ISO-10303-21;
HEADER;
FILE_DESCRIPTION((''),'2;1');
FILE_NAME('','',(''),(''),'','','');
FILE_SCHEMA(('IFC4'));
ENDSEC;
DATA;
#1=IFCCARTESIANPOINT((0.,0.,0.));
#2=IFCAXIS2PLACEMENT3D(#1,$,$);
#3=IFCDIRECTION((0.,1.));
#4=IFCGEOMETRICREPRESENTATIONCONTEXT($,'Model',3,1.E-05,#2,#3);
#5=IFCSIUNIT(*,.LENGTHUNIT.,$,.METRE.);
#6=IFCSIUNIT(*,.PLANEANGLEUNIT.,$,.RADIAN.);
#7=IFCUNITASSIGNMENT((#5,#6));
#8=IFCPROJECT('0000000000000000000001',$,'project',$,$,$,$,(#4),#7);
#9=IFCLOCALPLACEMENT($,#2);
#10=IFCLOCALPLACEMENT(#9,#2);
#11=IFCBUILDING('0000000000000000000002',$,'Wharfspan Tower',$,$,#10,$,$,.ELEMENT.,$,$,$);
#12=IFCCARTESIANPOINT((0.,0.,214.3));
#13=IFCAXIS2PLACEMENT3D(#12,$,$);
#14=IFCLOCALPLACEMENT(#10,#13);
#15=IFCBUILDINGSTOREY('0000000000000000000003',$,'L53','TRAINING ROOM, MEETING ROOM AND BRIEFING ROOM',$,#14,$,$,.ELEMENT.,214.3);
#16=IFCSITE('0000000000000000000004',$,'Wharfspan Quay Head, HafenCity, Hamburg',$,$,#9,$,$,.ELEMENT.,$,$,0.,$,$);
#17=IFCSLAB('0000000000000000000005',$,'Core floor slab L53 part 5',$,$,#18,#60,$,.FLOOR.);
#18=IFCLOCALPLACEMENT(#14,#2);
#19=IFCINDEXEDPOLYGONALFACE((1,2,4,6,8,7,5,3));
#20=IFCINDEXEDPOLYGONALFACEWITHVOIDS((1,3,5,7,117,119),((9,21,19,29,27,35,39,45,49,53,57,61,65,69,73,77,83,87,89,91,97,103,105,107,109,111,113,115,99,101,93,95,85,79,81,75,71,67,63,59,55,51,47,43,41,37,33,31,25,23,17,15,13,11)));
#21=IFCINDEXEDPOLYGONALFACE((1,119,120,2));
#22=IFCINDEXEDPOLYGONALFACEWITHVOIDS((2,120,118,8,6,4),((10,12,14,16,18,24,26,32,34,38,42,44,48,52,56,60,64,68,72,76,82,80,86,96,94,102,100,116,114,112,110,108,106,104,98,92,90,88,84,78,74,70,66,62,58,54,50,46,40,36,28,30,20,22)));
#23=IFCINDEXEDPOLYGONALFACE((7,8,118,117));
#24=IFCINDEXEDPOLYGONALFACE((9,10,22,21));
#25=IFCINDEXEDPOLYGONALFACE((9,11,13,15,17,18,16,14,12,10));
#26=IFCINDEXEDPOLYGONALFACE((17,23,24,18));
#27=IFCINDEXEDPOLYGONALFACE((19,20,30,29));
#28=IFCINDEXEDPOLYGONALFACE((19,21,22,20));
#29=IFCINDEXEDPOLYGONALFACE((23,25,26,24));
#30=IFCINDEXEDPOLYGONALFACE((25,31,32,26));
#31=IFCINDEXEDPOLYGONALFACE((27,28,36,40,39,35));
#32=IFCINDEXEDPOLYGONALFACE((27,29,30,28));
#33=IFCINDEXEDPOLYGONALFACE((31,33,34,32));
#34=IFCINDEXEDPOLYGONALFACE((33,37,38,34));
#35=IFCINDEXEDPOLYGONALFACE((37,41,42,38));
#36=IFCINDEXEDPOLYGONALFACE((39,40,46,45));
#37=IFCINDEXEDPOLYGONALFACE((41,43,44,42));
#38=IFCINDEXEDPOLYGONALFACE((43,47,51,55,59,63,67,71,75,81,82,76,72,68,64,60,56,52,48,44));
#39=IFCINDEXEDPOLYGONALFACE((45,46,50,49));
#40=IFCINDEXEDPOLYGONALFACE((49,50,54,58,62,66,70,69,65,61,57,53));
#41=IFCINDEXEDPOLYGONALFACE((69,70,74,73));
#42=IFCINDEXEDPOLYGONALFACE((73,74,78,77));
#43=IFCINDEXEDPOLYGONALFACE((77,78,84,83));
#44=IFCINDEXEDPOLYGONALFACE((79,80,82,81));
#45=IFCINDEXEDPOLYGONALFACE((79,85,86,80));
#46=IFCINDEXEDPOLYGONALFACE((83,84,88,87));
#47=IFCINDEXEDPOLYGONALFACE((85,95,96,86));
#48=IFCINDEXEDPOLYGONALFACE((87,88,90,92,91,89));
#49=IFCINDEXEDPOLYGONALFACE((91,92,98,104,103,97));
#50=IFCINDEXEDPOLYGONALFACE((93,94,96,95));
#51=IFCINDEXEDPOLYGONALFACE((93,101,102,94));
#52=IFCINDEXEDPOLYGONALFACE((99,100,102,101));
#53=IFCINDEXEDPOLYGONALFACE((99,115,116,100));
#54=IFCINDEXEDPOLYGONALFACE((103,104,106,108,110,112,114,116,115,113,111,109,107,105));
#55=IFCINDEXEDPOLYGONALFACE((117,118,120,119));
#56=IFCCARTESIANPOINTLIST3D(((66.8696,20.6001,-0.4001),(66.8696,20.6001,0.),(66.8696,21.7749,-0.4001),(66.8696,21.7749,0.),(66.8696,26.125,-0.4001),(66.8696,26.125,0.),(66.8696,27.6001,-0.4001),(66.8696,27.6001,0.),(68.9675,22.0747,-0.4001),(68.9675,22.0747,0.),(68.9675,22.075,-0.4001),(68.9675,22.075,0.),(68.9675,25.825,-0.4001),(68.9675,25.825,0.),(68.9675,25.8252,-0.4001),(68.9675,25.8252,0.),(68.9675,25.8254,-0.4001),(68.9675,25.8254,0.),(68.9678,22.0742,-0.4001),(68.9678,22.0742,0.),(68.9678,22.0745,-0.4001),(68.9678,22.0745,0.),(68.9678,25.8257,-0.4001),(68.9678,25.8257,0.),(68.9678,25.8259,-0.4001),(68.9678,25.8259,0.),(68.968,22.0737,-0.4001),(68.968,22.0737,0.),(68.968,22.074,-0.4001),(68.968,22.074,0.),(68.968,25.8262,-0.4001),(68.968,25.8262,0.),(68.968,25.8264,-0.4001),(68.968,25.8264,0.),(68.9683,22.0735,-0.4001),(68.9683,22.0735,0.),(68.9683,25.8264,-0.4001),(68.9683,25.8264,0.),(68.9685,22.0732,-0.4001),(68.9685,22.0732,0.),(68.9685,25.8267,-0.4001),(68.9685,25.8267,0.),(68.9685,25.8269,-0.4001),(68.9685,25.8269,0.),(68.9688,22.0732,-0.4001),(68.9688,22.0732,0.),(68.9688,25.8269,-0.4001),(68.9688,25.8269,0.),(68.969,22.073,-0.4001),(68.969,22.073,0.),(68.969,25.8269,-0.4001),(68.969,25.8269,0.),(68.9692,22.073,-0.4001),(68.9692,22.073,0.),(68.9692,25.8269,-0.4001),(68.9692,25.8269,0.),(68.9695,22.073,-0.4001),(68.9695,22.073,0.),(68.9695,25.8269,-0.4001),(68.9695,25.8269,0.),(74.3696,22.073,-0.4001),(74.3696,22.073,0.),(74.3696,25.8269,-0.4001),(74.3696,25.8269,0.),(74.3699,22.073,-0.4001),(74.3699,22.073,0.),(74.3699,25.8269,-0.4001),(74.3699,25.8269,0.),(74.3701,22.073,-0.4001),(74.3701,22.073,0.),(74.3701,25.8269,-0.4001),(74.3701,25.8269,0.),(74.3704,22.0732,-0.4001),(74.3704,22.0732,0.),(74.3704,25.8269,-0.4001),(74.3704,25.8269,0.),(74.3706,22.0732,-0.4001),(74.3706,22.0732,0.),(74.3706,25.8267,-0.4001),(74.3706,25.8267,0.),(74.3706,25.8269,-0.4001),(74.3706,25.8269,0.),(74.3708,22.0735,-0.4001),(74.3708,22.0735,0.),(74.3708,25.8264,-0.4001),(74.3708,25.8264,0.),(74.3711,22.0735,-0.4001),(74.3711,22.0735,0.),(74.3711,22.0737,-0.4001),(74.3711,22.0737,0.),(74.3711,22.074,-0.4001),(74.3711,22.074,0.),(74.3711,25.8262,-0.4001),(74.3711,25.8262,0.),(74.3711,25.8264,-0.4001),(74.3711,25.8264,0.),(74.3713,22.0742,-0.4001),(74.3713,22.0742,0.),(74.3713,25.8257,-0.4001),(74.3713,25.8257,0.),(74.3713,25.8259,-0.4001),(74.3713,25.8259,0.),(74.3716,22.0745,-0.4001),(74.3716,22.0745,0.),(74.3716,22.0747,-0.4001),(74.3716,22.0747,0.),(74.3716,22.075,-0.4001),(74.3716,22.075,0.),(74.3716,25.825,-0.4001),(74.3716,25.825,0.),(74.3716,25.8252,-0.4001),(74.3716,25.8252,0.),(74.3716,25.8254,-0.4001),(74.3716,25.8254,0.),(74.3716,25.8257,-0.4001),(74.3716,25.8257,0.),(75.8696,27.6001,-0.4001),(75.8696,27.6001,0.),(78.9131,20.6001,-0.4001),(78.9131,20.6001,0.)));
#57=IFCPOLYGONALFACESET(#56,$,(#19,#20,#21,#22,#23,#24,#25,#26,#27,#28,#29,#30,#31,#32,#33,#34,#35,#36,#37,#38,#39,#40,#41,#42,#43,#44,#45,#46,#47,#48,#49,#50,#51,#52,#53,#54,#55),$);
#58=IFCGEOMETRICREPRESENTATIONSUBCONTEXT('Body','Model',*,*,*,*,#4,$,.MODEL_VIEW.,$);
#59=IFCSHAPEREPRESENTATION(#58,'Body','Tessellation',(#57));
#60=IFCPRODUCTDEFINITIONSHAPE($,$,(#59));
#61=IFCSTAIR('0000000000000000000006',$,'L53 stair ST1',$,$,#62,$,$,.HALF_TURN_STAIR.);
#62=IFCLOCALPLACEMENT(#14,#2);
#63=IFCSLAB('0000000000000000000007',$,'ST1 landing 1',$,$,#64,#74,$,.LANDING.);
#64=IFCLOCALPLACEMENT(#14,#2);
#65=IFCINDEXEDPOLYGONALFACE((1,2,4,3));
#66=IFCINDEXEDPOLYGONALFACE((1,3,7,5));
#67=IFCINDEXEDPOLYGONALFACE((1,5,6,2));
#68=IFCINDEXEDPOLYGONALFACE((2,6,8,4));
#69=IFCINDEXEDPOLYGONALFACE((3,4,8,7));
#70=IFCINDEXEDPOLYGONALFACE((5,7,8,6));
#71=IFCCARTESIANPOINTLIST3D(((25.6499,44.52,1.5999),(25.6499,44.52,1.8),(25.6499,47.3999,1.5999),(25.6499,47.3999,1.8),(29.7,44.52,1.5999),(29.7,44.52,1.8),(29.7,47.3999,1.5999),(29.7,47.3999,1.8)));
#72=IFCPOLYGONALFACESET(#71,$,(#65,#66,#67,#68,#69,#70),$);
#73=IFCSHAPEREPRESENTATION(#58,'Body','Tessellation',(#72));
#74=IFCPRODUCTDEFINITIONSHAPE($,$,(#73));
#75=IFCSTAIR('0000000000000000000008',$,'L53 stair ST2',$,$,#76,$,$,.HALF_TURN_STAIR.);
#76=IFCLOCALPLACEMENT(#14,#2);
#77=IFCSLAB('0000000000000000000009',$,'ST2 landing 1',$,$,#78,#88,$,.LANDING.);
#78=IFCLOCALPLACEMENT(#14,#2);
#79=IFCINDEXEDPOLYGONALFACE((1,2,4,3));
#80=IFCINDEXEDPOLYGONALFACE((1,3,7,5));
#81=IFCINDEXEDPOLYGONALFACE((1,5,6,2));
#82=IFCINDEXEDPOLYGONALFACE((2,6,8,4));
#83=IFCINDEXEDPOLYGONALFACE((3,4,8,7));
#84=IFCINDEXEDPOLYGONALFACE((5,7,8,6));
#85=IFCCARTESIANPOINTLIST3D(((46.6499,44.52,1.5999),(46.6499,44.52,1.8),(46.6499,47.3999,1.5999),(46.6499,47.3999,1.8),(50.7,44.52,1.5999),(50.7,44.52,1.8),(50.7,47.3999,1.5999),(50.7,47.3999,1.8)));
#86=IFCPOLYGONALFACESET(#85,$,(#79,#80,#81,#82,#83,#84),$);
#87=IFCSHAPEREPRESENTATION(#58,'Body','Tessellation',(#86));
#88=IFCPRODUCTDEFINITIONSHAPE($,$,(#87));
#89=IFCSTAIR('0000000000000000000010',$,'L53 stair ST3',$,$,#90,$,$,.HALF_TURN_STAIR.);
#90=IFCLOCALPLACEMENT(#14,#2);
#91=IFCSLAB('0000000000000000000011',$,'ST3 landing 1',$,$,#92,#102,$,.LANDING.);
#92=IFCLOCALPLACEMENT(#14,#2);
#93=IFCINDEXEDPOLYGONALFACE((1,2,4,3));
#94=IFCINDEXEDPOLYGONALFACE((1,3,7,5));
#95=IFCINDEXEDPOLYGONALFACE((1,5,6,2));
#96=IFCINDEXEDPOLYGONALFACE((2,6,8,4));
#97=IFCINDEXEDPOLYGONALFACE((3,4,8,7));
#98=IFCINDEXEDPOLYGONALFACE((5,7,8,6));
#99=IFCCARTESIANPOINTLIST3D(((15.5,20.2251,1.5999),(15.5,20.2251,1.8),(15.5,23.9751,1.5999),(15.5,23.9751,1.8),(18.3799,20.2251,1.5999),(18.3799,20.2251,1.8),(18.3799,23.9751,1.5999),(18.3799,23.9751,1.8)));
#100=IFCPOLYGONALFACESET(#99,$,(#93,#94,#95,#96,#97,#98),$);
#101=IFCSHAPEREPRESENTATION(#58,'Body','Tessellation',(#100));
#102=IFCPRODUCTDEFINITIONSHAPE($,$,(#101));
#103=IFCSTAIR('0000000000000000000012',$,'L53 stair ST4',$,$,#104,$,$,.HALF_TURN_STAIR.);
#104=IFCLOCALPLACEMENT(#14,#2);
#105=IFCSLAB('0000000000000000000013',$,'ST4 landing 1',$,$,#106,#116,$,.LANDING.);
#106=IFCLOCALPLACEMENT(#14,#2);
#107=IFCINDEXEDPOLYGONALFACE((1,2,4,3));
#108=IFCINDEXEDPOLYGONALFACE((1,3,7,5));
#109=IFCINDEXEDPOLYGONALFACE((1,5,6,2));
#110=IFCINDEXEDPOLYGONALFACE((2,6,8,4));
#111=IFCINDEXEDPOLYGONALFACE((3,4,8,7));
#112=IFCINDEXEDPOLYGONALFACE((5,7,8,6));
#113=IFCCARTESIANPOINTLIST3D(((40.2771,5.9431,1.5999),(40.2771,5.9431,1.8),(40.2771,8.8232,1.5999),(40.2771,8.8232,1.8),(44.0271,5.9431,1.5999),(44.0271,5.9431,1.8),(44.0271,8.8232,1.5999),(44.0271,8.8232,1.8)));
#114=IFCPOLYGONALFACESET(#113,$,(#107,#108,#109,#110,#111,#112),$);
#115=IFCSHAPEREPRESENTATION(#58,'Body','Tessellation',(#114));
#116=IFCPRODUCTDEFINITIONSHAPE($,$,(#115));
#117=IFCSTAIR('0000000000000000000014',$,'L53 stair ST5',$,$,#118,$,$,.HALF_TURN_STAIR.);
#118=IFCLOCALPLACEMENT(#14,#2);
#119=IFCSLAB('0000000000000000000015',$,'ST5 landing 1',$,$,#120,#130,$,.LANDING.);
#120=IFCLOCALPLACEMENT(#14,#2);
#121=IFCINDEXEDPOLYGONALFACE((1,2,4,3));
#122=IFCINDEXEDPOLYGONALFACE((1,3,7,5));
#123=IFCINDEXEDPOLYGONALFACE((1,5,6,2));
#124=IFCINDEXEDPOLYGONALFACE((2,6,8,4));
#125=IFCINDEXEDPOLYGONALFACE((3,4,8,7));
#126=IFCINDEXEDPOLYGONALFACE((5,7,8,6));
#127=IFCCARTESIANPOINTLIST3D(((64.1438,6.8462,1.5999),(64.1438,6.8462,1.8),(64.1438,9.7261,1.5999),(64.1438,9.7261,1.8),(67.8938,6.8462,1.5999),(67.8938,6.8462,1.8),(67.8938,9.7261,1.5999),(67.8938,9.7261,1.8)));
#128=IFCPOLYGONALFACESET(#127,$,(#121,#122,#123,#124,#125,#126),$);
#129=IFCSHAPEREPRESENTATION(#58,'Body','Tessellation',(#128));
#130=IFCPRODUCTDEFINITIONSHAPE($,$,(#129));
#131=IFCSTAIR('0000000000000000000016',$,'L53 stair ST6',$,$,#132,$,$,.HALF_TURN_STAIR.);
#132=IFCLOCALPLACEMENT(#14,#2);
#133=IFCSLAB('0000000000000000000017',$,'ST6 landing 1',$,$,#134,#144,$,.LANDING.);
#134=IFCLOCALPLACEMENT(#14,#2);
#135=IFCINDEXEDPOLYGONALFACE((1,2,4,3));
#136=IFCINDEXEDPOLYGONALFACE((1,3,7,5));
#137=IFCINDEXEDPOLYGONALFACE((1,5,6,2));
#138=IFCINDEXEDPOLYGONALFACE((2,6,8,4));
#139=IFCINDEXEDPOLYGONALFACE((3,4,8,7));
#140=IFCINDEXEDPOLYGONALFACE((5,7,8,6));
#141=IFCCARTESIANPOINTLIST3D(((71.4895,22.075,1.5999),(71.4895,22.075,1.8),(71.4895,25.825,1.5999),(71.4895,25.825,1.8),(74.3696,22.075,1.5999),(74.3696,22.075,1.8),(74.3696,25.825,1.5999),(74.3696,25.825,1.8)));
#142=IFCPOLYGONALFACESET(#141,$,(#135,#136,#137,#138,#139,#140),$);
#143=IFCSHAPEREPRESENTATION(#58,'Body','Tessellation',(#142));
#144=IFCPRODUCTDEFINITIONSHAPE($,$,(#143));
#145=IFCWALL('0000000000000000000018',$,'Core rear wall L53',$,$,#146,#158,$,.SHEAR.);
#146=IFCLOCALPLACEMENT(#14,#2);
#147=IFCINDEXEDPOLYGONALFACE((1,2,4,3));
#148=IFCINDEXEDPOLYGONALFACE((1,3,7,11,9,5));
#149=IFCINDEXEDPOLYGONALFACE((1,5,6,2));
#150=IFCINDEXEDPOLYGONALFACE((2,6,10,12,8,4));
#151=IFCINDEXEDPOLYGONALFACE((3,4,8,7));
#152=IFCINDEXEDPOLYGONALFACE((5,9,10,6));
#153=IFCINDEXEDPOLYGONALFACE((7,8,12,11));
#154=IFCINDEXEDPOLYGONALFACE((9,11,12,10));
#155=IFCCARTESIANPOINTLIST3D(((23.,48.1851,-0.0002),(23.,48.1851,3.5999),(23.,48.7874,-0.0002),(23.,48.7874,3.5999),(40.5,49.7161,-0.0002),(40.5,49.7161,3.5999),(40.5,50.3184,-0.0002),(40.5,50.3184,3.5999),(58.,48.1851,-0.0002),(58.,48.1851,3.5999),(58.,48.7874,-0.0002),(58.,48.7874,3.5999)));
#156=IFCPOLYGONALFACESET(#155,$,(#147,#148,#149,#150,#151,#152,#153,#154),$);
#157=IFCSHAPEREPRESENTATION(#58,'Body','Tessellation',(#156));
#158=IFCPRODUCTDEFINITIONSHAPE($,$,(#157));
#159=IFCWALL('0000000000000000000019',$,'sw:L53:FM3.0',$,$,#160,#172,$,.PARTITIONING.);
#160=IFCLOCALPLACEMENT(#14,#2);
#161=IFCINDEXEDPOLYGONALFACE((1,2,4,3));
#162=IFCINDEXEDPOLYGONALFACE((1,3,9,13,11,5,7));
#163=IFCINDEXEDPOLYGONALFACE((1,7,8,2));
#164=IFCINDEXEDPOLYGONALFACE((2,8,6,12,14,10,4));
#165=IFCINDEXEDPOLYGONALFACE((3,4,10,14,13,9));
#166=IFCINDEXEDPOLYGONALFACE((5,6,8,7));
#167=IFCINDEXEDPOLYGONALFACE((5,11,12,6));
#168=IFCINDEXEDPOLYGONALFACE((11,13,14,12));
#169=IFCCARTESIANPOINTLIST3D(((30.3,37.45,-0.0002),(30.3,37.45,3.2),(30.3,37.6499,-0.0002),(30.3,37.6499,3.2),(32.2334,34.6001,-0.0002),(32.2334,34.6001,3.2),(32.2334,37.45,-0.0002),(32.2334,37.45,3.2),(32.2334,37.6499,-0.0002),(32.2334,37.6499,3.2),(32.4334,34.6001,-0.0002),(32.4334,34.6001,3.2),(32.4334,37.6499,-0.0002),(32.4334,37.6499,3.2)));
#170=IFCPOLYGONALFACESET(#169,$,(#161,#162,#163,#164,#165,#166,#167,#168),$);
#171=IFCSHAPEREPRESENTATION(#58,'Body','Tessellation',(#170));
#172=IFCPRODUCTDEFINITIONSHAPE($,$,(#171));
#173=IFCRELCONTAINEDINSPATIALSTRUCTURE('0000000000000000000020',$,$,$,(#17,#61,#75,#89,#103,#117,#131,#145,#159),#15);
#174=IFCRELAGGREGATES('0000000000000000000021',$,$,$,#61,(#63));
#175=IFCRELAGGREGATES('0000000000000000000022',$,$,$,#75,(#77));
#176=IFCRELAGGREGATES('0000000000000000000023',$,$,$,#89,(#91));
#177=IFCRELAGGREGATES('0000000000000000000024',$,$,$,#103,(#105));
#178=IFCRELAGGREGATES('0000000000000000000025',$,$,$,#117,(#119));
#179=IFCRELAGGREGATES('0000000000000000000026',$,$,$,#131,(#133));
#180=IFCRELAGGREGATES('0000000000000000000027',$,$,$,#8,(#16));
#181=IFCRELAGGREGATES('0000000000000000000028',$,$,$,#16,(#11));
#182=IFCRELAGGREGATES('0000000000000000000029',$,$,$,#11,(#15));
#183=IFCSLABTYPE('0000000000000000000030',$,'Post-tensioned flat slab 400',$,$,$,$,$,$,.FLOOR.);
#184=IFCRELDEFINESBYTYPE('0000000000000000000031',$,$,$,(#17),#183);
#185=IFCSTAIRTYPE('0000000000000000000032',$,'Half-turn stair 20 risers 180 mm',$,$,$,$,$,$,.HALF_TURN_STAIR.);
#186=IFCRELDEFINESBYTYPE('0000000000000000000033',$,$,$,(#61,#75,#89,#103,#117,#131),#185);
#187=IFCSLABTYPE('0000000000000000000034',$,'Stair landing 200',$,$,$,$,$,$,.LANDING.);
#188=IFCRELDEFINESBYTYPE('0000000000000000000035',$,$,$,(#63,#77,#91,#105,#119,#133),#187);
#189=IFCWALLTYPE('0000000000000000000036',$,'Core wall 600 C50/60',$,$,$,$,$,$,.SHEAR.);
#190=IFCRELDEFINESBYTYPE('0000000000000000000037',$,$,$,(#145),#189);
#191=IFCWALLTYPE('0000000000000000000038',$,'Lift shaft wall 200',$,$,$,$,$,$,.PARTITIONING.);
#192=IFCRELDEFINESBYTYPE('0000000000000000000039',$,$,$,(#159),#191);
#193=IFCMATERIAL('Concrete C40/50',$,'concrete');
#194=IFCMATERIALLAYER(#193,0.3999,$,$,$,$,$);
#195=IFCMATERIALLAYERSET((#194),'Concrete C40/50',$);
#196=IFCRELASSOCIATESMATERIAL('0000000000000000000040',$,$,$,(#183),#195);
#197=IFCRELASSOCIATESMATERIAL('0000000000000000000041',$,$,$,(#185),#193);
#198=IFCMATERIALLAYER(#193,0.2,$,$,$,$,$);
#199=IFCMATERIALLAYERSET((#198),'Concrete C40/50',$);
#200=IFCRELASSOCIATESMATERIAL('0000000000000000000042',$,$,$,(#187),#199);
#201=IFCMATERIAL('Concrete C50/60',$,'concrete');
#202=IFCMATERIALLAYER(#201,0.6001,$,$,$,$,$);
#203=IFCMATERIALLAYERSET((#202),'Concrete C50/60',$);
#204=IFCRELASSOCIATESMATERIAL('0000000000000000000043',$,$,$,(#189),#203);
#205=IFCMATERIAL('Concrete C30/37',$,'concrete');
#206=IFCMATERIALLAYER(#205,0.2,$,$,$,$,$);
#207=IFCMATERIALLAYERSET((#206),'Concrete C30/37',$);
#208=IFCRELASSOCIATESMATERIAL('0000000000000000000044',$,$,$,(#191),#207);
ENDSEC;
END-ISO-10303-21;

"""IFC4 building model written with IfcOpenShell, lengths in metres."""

from ifc_helpers import new_model, si_unit, direction, frame, origin, place, context, subcontext, project, spatial, polyline, outline, extrude, material, layer, layer_set, type_object, element, aggregate, save


model = new_model("IFC4")

# Units and contexts
model_context = context("Model", 3, precision=1e-05, world=origin(), true_north=direction((0.0, 1.0)))
body_context = subcontext(model_context, "Body", "Model", "MODEL_VIEW")
ifc_project = project(units=[si_unit("LENGTHUNIT", "METRE"), si_unit("PLANEANGLEUNIT", "RADIAN")], contexts=[model_context])

# Site, building, storey
site_placement = place(None, origin())
site = spatial("IfcSite", under=ifc_project, at=site_placement, Name="Wharfspan Quay Head, HafenCity, Hamburg", CompositionType="ELEMENT", RefElevation=0.0)
building_placement = place(site_placement, origin())
building = spatial("IfcBuilding", under=site, at=building_placement, Name="Wharfspan Tower", CompositionType="ELEMENT")
storey_placement = place(building_placement, frame((0.0, 0.0, 214.3)))
storey = spatial("IfcBuildingStorey", under=building, at=storey_placement, Name="L53", Description="TRAINING ROOM, MEETING ROOM AND BRIEFING ROOM", CompositionType="ELEMENT", Elevation=214.3)

# Slab
ifc_material_1 = material(Name="Concrete C40/50", Category="concrete")
ifc_layer_1 = layer(ifc_material_1, 0.3999)
ifc_layer_set_1 = layer_set([ifc_layer_1], Name="Concrete C40/50")
slab_type_1 = type_object("IfcSlabType", Name="Post-tensioned flat slab 400", PredefinedType="FLOOR", material=ifc_layer_set_1)
slab_1_placement = place(storey_placement, frame((0.0, 0.0, -0.4001)))
element("IfcSlab", 1, at=slab_1_placement, inside=storey, type_object=slab_type_1, Name="Core floor slab L53 part 5", PredefinedType="FLOOR", context=body_context, shape_type="SweptSolid", body=[
    extrude(outline(polyline([(75.8696, 27.6001), (66.8696, 27.6001), (66.8696, 26.125), (66.8696, 21.7749), (66.8696, 20.6001), (78.9131, 20.6001), (75.8696, 27.6001)]), holes=[polyline([(68.9675, 25.825), (68.9675, 25.8252), (68.9675, 25.8254), (68.9678, 25.8257), (68.9678, 25.8257), (68.9678, 25.8259), (68.968, 25.8262), (68.968, 25.8264), (68.9683, 25.8264), (68.9683, 25.8264), (68.9685, 25.8267), (68.9685, 25.8269), (68.9688, 25.8269), (68.969, 25.8269), (68.9692, 25.8269), (68.9695, 25.8269), (68.9695, 25.8269), (74.3696, 25.8269), (74.3699, 25.8269), (74.3701, 25.8269), (74.3701, 25.8269), (74.3704, 25.8269), (74.3706, 25.8269), (74.3706, 25.8267), (74.3709, 25.8264), (74.3711, 25.8264), (74.3711, 25.8264), (74.3711, 25.8262), (74.3713, 25.8259), (74.3713, 25.8257), (74.3716, 25.8257), (74.3716, 25.8254), (74.3716, 25.8252), (74.3716, 25.825), (74.3716, 22.075), (74.3716, 22.0747), (74.3716, 22.0747), (74.3716, 22.0745), (74.3713, 22.0742), (74.3713, 22.0742), (74.3711, 22.074), (74.3711, 22.0737), (74.3711, 22.0735), (74.3709, 22.0735), (74.3706, 22.0732), (74.3706, 22.0732), (74.3704, 22.0732), (74.3701, 22.073), (74.3701, 22.073), (74.3699, 22.073), (74.3696, 22.073), (68.9695, 22.073), (68.9695, 22.073), (68.9692, 22.073), (68.969, 22.073), (68.9688, 22.0732), (68.9685, 22.0732), (68.9685, 22.0732), (68.9683, 22.0735), (68.9683, 22.0735), (68.968, 22.0737), (68.968, 22.074), (68.9678, 22.0742), (68.9678, 22.0742), (68.9678, 22.0745), (68.9675, 22.0747), (68.9675, 22.0747), (68.9675, 22.075), (68.9675, 25.825)])]), origin(), (0.0, 0.0, 1.0), 0.4001),
])

# Stairs, slabs
stair_type = type_object("IfcStairType", Name="Half-turn stair 20 risers 180 mm", PredefinedType="HALF_TURN_STAIR", material=ifc_material_1)
stair_1_placement = place(storey_placement, origin())
stair_1 = element("IfcStair", 2, at=stair_1_placement, inside=storey, type_object=stair_type, Name="L53 stair ST1", PredefinedType="HALF_TURN_STAIR")
ifc_layer_2 = layer(ifc_material_1, 0.2)
ifc_layer_set_2 = layer_set([ifc_layer_2], Name="Concrete C40/50")
slab_type_2 = type_object("IfcSlabType", Name="Stair landing 200", PredefinedType="LANDING", material=ifc_layer_set_2)
slab_2_placement = place(storey_placement, frame((0.0, 0.0, 1.5999)))
slab_2 = element("IfcSlab", 3, at=slab_2_placement, type_object=slab_type_2, Name="ST1 landing 1", PredefinedType="LANDING", context=body_context, shape_type="SweptSolid", body=[
    extrude(outline(polyline([(25.6499, 44.52), (29.7, 44.52), (29.7, 47.3999), (25.6499, 47.3999), (25.6499, 44.52)])), origin(), (0.0, 0.0, 1.0), 0.2002),
])
aggregate(stair_1, [slab_2])
stair_2_placement = place(storey_placement, origin())
stair_2 = element("IfcStair", 4, at=stair_2_placement, inside=storey, type_object=stair_type, Name="L53 stair ST2", PredefinedType="HALF_TURN_STAIR")
slab_3_placement = place(storey_placement, frame((0.0, 0.0, 1.5999)))
slab_3 = element("IfcSlab", 5, at=slab_3_placement, type_object=slab_type_2, Name="ST2 landing 1", PredefinedType="LANDING", context=body_context, shape_type="SweptSolid", body=[
    extrude(outline(polyline([(46.6499, 44.52), (50.7, 44.52), (50.7, 47.3999), (46.6499, 47.3999), (46.6499, 44.52)])), origin(), (0.0, 0.0, 1.0), 0.2002),
])
aggregate(stair_2, [slab_3])
stair_3_placement = place(storey_placement, origin())
stair_3 = element("IfcStair", 6, at=stair_3_placement, inside=storey, type_object=stair_type, Name="L53 stair ST3", PredefinedType="HALF_TURN_STAIR")
slab_4_placement = place(storey_placement, frame((0.0, 0.0, 1.5999)))
slab_4 = element("IfcSlab", 7, at=slab_4_placement, type_object=slab_type_2, Name="ST3 landing 1", PredefinedType="LANDING", context=body_context, shape_type="SweptSolid", body=[
    extrude(outline(polyline([(18.3799, 23.9751), (15.5, 23.9751), (15.5, 20.2251), (18.3799, 20.2251), (18.3799, 23.9751)])), origin(), (0.0, 0.0, 1.0), 0.2002),
])
aggregate(stair_3, [slab_4])
stair_4_placement = place(storey_placement, origin())
stair_4 = element("IfcStair", 8, at=stair_4_placement, inside=storey, type_object=stair_type, Name="L53 stair ST4", PredefinedType="HALF_TURN_STAIR")
slab_5_placement = place(storey_placement, frame((0.0, 0.0, 1.5999)))
slab_5 = element("IfcSlab", 9, at=slab_5_placement, type_object=slab_type_2, Name="ST4 landing 1", PredefinedType="LANDING", context=body_context, shape_type="SweptSolid", body=[
    extrude(outline(polyline([(40.2771, 8.8232), (40.2771, 5.9431), (44.0271, 5.9431), (44.0271, 8.8232), (40.2771, 8.8232)])), origin(), (0.0, 0.0, 1.0), 0.2002),
])
aggregate(stair_4, [slab_5])
stair_5_placement = place(storey_placement, origin())
stair_5 = element("IfcStair", 10, at=stair_5_placement, inside=storey, type_object=stair_type, Name="L53 stair ST5", PredefinedType="HALF_TURN_STAIR")
slab_6_placement = place(storey_placement, frame((0.0, 0.0, 1.5999)))
slab_6 = element("IfcSlab", 11, at=slab_6_placement, type_object=slab_type_2, Name="ST5 landing 1", PredefinedType="LANDING", context=body_context, shape_type="SweptSolid", body=[
    extrude(outline(polyline([(64.1438, 9.7261), (64.1438, 6.8462), (67.8938, 6.8462), (67.8938, 9.7261), (64.1438, 9.7261)])), origin(), (0.0, 0.0, 1.0), 0.2002),
])
aggregate(stair_5, [slab_6])
stair_6_placement = place(storey_placement, origin())
stair_6 = element("IfcStair", 12, at=stair_6_placement, inside=storey, type_object=stair_type, Name="L53 stair ST6", PredefinedType="HALF_TURN_STAIR")
slab_7_placement = place(storey_placement, frame((0.0, 0.0, 1.5999)))
slab_7 = element("IfcSlab", 13, at=slab_7_placement, type_object=slab_type_2, Name="ST6 landing 1", PredefinedType="LANDING", context=body_context, shape_type="SweptSolid", body=[
    extrude(outline(polyline([(71.4895, 22.075), (74.3696, 22.075), (74.3696, 25.825), (71.4895, 25.825), (71.4895, 22.075)])), origin(), (0.0, 0.0, 1.0), 0.2002),
])
aggregate(stair_6, [slab_7])

# Walls
ifc_material_2 = material(Name="Concrete C50/60", Category="concrete")
ifc_layer_3 = layer(ifc_material_2, 0.6001)
ifc_layer_set_3 = layer_set([ifc_layer_3], Name="Concrete C50/60")
wall_type_1 = type_object("IfcWallType", Name="Core wall 600 C50/60", PredefinedType="SHEAR", material=ifc_layer_set_3)
wall_1_placement = place(storey_placement, frame((0.0, 0.0, -0.0002)))
element("IfcWall", 14, at=wall_1_placement, inside=storey, type_object=wall_type_1, Name="Core rear wall L53", PredefinedType="SHEAR", context=body_context, shape_type="SweptSolid", body=[
    extrude(outline(polyline([(23.0, 48.1851), (40.5, 49.7161), (58.0, 48.1851), (58.0, 48.7874), (40.5, 50.3184), (23.0, 48.7874), (23.0, 48.1851)])), origin(), (0.0, 0.0, 1.0), 3.6001),
])
ifc_material_3 = material(Name="Concrete C30/37", Category="concrete")
ifc_layer_4 = layer(ifc_material_3, 0.2)
ifc_layer_set_4 = layer_set([ifc_layer_4], Name="Concrete C30/37")
wall_type_2 = type_object("IfcWallType", Name="Lift shaft wall 200", PredefinedType="PARTITIONING", material=ifc_layer_set_4)
wall_2_placement = place(storey_placement, frame((0.0, 0.0, -0.0002)))
element("IfcWall", 15, at=wall_2_placement, inside=storey, type_object=wall_type_2, Name="sw:L53:FM3.0", PredefinedType="PARTITIONING", context=body_context, shape_type="SweptSolid", body=[
    extrude(outline(polyline([(32.2334, 37.45), (30.3, 37.45), (30.3, 37.6499), (32.2334, 37.6499), (32.4333, 37.6499), (32.4333, 34.6001), (32.2334, 34.6001), (32.2334, 37.45)])), origin(), (0.0, 0.0, 1.0), 3.2002),
])

save(model, "model.ifc")
